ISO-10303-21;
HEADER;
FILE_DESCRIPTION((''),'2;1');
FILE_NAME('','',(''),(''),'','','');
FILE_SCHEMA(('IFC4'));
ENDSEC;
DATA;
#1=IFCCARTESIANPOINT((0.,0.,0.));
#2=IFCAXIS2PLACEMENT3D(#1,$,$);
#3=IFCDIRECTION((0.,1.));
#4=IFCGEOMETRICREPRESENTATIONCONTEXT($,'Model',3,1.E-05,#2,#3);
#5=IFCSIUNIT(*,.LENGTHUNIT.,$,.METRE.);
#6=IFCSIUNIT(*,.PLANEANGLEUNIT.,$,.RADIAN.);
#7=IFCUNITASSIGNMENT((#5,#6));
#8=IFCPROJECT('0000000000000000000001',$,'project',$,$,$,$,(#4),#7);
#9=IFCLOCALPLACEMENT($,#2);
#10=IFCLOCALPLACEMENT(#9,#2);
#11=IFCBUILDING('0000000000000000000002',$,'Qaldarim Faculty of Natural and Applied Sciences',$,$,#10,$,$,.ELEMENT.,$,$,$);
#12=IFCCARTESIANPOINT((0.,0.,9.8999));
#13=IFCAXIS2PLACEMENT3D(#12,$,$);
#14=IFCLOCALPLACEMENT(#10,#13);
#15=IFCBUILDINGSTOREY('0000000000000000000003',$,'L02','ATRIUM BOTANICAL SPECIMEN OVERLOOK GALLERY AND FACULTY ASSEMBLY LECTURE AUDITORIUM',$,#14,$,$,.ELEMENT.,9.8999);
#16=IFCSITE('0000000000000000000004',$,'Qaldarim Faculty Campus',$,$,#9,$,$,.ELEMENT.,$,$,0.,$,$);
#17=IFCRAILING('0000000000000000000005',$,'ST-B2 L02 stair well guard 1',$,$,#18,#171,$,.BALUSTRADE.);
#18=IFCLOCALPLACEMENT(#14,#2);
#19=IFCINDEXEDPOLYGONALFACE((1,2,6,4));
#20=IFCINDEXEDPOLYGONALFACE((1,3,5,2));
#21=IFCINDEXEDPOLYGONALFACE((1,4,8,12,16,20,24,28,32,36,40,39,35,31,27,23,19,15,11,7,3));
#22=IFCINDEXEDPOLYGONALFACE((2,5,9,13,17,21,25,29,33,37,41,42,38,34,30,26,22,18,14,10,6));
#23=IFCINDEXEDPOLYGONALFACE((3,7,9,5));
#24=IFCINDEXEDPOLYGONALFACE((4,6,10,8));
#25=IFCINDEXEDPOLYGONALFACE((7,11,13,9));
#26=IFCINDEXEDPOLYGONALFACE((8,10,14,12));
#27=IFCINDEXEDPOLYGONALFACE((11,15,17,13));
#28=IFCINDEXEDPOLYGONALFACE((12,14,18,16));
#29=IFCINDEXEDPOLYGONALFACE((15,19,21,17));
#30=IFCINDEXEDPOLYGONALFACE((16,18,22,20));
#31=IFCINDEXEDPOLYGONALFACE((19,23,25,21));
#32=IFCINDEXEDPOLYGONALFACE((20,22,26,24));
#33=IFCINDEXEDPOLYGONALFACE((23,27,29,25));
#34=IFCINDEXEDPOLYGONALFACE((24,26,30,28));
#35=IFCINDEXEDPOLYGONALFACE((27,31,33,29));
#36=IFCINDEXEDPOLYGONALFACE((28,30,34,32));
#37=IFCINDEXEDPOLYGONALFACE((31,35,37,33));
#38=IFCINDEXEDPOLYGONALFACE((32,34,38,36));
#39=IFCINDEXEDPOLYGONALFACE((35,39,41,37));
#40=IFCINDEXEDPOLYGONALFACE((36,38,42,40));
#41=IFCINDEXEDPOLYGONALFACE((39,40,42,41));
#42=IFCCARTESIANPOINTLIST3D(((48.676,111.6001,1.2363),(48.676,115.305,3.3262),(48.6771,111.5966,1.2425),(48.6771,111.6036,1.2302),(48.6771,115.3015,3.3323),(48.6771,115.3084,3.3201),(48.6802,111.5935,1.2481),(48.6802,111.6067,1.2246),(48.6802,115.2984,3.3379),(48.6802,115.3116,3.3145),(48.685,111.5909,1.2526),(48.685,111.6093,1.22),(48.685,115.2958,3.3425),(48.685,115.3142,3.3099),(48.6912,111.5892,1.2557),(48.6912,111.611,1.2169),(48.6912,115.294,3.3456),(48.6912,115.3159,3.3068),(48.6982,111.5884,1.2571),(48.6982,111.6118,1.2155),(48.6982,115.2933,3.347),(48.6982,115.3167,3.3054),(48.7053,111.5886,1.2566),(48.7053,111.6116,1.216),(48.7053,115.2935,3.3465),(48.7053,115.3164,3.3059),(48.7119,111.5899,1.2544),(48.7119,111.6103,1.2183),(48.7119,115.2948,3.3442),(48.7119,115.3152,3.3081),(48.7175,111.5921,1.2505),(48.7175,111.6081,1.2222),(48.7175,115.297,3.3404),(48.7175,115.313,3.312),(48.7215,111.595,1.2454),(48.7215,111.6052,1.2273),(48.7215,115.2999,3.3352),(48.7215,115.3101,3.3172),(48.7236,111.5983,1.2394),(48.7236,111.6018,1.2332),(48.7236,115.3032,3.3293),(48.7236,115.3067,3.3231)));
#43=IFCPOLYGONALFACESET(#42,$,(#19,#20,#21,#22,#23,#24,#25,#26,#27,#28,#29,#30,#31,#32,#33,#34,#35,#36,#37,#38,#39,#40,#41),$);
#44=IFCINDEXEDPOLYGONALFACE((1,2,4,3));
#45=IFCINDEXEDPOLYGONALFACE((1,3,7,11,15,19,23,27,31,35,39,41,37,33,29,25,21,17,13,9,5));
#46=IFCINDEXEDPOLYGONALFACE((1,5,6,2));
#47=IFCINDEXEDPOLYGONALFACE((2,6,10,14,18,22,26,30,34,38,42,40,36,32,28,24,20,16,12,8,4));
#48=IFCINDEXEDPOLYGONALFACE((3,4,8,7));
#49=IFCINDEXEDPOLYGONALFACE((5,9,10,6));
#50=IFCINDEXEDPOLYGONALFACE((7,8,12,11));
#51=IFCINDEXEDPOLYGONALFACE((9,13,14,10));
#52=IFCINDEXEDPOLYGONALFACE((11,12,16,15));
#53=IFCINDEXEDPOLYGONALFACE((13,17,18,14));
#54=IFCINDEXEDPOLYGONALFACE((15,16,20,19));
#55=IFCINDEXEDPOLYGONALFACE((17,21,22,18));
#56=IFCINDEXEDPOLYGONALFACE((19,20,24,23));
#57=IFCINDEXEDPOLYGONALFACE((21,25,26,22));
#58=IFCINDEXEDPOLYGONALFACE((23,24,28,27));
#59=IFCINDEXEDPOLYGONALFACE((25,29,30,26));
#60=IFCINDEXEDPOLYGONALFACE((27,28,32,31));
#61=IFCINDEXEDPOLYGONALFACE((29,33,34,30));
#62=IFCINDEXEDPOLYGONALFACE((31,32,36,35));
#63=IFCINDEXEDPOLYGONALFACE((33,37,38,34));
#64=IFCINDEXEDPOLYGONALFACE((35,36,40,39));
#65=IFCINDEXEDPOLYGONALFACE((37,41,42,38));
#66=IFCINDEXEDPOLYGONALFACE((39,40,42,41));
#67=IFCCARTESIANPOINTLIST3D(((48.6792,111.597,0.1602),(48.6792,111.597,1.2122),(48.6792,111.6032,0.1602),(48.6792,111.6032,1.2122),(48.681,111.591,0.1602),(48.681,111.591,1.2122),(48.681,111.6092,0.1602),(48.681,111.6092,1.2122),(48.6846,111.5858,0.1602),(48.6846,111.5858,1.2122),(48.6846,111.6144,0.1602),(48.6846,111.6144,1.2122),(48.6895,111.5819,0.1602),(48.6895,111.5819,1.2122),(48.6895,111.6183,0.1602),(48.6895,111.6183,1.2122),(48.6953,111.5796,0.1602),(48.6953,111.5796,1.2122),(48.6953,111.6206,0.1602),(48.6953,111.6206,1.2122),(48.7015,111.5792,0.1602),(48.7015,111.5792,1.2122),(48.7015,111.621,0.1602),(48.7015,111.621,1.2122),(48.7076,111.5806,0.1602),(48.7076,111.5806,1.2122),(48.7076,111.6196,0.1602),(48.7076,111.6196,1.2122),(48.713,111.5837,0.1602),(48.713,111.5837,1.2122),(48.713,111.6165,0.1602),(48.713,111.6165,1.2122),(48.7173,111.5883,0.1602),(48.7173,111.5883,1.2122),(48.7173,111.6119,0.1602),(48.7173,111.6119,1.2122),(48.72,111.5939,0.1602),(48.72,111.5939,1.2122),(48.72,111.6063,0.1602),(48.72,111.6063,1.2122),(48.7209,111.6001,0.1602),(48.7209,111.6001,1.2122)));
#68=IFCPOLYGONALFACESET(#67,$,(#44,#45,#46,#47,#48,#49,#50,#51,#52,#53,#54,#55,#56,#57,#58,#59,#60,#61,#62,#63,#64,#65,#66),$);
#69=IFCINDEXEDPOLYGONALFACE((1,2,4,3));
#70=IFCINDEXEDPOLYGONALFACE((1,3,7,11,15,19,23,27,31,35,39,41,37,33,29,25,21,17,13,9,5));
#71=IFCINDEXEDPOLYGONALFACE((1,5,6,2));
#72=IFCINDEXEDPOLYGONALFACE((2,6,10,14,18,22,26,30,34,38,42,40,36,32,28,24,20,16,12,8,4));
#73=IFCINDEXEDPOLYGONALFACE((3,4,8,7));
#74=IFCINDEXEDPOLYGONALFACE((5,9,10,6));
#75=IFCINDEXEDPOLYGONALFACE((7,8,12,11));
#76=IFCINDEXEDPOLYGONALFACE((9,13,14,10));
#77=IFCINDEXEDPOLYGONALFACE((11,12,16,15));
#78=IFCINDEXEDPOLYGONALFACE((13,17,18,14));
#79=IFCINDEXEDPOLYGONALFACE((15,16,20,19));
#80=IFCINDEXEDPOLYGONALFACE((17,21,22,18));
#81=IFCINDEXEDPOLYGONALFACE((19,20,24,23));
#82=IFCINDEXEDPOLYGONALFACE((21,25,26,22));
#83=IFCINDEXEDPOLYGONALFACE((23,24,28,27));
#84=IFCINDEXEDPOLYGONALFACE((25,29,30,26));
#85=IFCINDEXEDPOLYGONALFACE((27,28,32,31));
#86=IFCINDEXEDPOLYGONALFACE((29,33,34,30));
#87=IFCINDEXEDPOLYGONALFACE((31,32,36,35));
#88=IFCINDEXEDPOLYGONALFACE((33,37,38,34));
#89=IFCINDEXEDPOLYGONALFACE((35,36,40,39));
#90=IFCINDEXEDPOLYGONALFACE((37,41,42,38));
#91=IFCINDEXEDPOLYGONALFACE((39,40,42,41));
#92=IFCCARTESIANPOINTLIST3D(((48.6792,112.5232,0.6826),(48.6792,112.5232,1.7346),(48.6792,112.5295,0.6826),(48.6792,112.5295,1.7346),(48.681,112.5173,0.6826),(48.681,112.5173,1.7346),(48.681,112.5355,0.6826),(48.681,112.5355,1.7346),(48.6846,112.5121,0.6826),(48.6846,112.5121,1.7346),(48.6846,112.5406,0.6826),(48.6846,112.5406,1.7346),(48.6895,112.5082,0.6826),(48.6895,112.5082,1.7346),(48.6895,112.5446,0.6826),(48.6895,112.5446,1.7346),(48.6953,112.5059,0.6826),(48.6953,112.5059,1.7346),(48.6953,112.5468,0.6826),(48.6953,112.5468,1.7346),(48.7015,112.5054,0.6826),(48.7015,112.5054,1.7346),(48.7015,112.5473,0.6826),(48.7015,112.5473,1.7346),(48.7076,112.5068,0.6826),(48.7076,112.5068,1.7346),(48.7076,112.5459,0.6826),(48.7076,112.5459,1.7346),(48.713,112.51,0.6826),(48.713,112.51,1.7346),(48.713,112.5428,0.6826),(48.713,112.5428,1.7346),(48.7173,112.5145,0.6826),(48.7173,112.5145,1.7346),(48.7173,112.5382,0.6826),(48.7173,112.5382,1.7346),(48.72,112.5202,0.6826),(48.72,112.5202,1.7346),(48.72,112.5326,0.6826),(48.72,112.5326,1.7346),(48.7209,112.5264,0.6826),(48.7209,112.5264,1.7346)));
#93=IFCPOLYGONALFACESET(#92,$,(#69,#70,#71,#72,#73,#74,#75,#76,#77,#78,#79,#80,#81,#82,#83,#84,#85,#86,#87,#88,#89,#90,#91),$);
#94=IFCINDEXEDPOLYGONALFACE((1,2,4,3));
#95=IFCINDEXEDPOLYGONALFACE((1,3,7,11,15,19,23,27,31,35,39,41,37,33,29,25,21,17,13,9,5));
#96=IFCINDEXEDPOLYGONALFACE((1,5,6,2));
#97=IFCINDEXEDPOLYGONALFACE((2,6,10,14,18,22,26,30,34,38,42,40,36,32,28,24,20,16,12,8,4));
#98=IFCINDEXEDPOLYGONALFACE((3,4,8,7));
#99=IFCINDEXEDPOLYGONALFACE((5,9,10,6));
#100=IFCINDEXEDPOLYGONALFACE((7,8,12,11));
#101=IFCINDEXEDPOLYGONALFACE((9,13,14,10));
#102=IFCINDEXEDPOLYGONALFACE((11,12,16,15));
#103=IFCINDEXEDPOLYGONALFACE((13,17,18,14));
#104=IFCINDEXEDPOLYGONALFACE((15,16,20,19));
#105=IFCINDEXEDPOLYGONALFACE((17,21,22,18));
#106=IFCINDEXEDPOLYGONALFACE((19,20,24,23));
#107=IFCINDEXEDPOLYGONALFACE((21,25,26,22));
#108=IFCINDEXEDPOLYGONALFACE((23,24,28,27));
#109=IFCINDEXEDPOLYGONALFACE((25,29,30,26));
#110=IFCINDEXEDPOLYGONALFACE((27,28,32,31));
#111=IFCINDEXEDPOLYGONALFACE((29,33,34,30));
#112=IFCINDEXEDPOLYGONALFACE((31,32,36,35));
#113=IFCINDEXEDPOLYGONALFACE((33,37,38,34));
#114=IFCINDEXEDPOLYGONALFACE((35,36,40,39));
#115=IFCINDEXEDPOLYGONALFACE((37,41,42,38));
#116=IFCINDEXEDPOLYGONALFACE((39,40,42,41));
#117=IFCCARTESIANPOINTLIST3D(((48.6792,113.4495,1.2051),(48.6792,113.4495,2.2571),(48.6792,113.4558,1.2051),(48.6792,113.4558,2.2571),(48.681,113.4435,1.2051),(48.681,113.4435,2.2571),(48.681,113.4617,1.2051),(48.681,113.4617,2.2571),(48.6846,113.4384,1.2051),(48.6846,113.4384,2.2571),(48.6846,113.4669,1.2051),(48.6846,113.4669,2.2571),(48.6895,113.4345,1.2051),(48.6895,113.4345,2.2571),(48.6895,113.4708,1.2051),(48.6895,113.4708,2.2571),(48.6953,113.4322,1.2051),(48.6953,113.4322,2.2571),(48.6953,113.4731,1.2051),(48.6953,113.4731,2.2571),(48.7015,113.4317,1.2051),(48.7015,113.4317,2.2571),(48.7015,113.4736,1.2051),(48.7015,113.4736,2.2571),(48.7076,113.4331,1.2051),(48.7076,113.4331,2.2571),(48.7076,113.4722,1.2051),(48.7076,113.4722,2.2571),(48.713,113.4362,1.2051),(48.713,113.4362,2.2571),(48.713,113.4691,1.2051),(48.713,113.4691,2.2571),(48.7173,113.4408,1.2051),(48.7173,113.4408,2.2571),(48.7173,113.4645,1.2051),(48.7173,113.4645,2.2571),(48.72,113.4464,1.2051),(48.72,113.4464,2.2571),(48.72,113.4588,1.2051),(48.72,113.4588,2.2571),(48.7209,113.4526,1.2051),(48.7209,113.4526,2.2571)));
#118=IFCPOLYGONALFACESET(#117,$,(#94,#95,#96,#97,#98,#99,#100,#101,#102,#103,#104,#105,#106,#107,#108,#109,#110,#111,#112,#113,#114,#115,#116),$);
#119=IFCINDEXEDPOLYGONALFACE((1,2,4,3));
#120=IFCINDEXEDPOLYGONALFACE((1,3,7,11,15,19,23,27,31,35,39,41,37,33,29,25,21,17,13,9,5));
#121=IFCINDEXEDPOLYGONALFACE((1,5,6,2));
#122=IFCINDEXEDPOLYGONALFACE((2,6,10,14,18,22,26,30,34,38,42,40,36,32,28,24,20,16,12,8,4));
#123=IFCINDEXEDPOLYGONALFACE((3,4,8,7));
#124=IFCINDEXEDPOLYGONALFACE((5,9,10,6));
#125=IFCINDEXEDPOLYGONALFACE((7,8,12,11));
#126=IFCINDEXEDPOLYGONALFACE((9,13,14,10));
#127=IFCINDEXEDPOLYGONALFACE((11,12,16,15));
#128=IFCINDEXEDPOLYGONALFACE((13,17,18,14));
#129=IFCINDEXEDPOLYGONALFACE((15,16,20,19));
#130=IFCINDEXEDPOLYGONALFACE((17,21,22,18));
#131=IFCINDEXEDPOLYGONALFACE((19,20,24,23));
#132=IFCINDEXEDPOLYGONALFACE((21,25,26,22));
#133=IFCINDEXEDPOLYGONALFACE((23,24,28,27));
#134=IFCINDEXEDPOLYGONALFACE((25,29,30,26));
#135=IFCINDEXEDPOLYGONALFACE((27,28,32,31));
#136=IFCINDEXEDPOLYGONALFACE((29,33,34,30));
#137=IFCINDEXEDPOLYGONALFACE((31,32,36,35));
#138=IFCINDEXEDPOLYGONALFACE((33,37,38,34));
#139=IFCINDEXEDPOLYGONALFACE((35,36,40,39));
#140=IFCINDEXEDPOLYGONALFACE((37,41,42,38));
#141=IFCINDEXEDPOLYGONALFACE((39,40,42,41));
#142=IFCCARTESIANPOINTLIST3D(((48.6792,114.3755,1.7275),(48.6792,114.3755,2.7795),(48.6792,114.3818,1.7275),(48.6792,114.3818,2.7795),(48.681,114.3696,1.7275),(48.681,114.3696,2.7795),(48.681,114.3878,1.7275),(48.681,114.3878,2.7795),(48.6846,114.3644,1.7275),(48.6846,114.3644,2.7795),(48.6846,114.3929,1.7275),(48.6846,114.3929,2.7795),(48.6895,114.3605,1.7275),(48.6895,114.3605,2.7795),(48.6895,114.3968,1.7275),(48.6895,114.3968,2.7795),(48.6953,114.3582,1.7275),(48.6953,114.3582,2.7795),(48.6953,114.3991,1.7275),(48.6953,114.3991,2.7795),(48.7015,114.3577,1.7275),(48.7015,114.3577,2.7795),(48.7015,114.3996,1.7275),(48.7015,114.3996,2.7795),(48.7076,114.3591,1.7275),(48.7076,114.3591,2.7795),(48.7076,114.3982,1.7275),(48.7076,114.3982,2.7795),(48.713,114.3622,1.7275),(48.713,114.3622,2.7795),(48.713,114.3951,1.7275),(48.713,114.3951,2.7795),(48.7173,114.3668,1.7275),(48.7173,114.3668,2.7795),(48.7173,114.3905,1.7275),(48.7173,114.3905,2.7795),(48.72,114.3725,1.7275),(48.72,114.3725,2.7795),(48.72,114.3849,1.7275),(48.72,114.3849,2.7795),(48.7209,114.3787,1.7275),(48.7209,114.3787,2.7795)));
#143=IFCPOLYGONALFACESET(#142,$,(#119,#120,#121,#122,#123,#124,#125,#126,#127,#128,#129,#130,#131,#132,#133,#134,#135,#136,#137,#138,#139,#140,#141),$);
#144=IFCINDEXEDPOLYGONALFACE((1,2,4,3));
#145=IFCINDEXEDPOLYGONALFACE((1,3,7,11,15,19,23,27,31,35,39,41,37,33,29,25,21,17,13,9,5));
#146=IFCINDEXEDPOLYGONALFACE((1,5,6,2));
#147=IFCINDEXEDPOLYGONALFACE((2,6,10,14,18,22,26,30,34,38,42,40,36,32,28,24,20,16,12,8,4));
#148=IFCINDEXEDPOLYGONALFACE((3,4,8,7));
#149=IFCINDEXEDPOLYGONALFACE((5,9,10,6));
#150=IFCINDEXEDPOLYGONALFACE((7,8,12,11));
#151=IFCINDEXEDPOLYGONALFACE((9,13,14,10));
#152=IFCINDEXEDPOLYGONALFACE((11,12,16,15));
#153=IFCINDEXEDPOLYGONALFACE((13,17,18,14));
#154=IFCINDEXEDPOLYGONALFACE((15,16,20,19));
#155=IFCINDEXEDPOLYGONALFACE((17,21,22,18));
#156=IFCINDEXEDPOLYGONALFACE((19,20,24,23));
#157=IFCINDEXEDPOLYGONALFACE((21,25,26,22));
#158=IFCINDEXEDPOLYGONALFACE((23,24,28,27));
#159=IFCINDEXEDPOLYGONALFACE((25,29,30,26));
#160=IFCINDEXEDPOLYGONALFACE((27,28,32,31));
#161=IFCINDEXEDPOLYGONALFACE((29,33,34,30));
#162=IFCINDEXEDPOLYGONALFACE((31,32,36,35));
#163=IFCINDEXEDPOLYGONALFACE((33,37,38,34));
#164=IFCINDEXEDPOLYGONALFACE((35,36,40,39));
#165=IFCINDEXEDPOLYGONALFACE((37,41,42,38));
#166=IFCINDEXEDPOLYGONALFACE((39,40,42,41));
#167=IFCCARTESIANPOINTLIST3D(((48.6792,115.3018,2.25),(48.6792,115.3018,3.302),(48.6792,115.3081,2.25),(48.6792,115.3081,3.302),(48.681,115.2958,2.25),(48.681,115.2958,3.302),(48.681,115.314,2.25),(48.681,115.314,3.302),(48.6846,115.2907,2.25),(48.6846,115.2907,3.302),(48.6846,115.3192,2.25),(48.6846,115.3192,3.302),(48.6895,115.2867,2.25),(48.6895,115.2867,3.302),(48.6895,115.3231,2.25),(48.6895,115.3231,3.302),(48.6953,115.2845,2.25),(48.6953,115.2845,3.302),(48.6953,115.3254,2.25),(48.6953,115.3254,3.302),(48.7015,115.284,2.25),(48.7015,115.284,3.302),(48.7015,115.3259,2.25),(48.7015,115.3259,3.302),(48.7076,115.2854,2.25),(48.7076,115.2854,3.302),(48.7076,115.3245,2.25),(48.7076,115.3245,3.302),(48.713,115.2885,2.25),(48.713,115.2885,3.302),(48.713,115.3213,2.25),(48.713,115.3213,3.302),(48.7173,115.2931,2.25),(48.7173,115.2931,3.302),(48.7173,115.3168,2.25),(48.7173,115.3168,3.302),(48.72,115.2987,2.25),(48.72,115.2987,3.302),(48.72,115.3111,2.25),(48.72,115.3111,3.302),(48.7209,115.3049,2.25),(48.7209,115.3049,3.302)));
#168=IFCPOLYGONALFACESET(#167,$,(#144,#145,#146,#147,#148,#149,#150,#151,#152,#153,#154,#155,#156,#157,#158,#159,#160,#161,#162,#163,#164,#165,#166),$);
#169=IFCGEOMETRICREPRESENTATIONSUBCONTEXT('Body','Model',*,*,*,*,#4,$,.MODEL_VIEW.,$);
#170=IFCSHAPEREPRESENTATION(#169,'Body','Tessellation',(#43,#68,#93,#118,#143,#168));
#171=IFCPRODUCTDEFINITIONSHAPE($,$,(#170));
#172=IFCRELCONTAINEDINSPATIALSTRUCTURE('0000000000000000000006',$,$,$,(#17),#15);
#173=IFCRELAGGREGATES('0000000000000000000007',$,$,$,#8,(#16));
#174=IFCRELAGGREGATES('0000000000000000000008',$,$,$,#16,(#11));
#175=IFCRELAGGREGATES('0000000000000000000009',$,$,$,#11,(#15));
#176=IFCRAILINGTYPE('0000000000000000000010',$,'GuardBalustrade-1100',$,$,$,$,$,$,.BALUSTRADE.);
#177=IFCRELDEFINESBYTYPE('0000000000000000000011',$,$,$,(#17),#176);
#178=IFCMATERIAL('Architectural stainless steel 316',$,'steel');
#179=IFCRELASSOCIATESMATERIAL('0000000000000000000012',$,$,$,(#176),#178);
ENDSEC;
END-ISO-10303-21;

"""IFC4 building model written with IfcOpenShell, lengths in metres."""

from ifc_helpers import new_model, si_unit, direction, frame, origin, origin_2d, place, context, subcontext, project, spatial, circle, extrude, material, type_object, element, save


model = new_model("IFC4")

# Units and contexts
model_context = context("Model", 3, precision=1e-05, world=origin(), true_north=direction((0.0, 1.0)))
body_context = subcontext(model_context, "Body", "Model", "MODEL_VIEW")
ifc_project = project(units=[si_unit("LENGTHUNIT", "METRE"), si_unit("PLANEANGLEUNIT", "RADIAN")], contexts=[model_context])

# Site, building, storey
site_placement = place(None, origin())
site = spatial("IfcSite", under=ifc_project, at=site_placement, Name="Qaldarim Faculty Campus", CompositionType="ELEMENT", RefElevation=0.0)
building_placement = place(site_placement, origin())
building = spatial("IfcBuilding", under=site, at=building_placement, Name="Qaldarim Faculty of Natural and Applied Sciences", CompositionType="ELEMENT")
storey_placement = place(building_placement, frame((0.0, 0.0, 9.8999)))
storey = spatial("IfcBuildingStorey", under=building, at=storey_placement, Name="L02", Description="ATRIUM BOTANICAL SPECIMEN OVERLOOK GALLERY AND FACULTY ASSEMBLY LECTURE AUDITORIUM", CompositionType="ELEMENT", Elevation=9.8999)

# Shared definitions
ifc_material_1 = material(Name="Architectural stainless steel 316", Category="steel")

# Railing
railing_type_1 = type_object("IfcRailingType", Name="GuardBalustrade-1100", PredefinedType="BALUSTRADE", material=ifc_material_1)
railing_1_placement = place(storey_placement, frame((48.7, 111.6001, 0.1602)))
element("IfcRailing", 1, at=railing_1_placement, inside=storey, type_object=railing_type_1, Name="ST-B2 L02 stair well guard 1", PredefinedType="BALUSTRADE", context=body_context, shape_type="SweptSolid", body=[
    extrude(circle(Radius=0.0239, at=origin_2d()), frame((0.0, 0.0, 1.0762), z_axis=(0.0, 0.870985, 0.49131), x_axis=(-1.0, 0.0, 0.0)), (0.0, 0.0, 1.0), 4.2537),
    extrude(circle(Radius=0.021, at=origin_2d()), origin(), (0.0, 0.0, 1.0), 1.052),
    extrude(circle(Radius=0.021, at=origin_2d()), frame((0.0, 0.9263, 0.5225)), (0.0, 0.0, 1.0), 1.052),
    extrude(circle(Radius=0.021, at=origin_2d()), frame((0.0, 1.8525, 1.0449)), (0.0, 0.0, 1.0), 1.052),
    extrude(circle(Radius=0.021, at=origin_2d()), frame((0.0, 2.7786, 1.5674)), (0.0, 0.0, 1.0), 1.052),
    extrude(circle(Radius=0.021, at=origin_2d()), frame((0.0, 3.7048, 2.0898)), (0.0, 0.0, 1.0), 1.052),
])

save(model, "model.ifc")
